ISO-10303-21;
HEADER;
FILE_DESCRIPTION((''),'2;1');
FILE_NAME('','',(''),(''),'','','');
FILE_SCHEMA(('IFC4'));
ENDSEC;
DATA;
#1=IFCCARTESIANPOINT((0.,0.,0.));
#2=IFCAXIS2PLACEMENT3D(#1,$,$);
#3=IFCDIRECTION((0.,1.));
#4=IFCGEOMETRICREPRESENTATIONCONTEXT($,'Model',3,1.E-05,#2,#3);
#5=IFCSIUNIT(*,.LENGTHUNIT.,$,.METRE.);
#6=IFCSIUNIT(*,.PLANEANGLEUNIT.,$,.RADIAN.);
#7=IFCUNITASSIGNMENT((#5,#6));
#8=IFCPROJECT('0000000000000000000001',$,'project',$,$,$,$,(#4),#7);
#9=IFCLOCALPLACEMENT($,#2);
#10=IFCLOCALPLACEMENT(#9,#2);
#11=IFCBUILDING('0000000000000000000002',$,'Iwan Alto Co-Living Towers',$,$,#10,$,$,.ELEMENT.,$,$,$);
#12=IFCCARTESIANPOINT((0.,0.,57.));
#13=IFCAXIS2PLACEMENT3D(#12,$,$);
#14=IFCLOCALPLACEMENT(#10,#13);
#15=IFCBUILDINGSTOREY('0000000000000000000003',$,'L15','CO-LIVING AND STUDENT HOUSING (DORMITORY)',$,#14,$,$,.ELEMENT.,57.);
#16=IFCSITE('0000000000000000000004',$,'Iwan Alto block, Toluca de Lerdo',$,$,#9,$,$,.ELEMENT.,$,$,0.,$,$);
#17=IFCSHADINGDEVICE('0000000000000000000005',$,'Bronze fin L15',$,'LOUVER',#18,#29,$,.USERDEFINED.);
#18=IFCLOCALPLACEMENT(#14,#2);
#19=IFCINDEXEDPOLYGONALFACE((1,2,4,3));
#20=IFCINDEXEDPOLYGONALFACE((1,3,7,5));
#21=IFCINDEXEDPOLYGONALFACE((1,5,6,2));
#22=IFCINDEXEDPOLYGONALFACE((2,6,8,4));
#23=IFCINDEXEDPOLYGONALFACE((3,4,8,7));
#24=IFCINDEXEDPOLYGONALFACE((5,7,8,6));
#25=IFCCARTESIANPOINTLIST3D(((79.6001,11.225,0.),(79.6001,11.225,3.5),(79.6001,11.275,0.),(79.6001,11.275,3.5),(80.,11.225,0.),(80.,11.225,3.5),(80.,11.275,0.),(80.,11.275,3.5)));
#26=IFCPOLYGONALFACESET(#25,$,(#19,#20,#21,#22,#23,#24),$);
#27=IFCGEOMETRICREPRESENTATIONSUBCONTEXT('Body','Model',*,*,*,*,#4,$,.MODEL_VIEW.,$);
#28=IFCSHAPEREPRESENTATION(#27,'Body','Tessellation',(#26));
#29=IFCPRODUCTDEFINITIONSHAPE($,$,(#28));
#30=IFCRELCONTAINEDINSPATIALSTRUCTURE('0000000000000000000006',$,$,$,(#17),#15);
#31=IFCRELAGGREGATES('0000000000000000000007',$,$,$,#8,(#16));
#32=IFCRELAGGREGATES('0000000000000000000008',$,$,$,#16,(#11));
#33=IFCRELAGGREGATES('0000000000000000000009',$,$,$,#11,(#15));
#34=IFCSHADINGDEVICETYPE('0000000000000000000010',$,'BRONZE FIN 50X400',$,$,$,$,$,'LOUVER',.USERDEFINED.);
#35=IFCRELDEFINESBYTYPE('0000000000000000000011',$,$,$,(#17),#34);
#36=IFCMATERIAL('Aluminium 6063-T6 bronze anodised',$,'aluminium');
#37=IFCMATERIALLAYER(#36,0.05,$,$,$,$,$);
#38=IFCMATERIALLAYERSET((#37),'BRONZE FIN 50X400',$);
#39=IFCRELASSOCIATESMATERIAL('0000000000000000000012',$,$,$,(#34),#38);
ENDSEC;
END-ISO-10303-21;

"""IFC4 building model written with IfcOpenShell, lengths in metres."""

from ifc_helpers import new_model, si_unit, direction, frame, origin, origin_2d, place, context, subcontext, project, spatial, rectangle, extrude, material, layer, layer_set, type_object, element, save


model = new_model("IFC4")

# Units and contexts
model_context = context("Model", 3, precision=1e-05, world=origin(), true_north=direction((0.0, 1.0)))
body_context = subcontext(model_context, "Body", "Model", "MODEL_VIEW")
ifc_project = project(units=[si_unit("LENGTHUNIT", "METRE"), si_unit("PLANEANGLEUNIT", "RADIAN")], contexts=[model_context])

# Site, building, storey
site_placement = place(None, origin())
site = spatial("IfcSite", under=ifc_project, at=site_placement, Name="Iwan Alto block, Toluca de Lerdo", CompositionType="ELEMENT", RefElevation=0.0)
building_placement = place(site_placement, origin())
building = spatial("IfcBuilding", under=site, at=building_placement, Name="Iwan Alto Co-Living Towers", CompositionType="ELEMENT")
storey_placement = place(building_placement, frame((0.0, 0.0, 57.0)))
storey = spatial("IfcBuildingStorey", under=building, at=storey_placement, Name="L15", Description="CO-LIVING AND STUDENT HOUSING (DORMITORY)", CompositionType="ELEMENT", Elevation=57.0)

# Shading device
ifc_material_1 = material(Name="Aluminium 6063-T6 bronze anodised", Category="aluminium")
ifc_layer_1 = layer(ifc_material_1, 0.05)
ifc_layer_set_1 = layer_set([ifc_layer_1], Name="BRONZE FIN 50X400")
shading_device_type = type_object("IfcShadingDeviceType", Name="BRONZE FIN 50X400", ElementType="LOUVER", PredefinedType="USERDEFINED", material=ifc_layer_set_1)
for number, where, z_axis, x_axis, name in (
    (1, (79.8, 11.25, 0.0), (0.0, 0.0, 1.0), (0.0, 1.0, 0.0), "Bronze fin L15"),
):
    element("IfcShadingDevice", number, at=place(storey_placement, frame(where, z_axis=z_axis, x_axis=x_axis)), inside=storey, type_object=shading_device_type, Name=name, ObjectType="LOUVER", PredefinedType="USERDEFINED", context=body_context, shape_type="SweptSolid", body=[
        extrude(rectangle(XDim=0.05, YDim=0.3999, at=origin_2d()), origin(), (0.0, 0.0, 1.0), 3.5),
    ])

save(model, "model.ifc")
